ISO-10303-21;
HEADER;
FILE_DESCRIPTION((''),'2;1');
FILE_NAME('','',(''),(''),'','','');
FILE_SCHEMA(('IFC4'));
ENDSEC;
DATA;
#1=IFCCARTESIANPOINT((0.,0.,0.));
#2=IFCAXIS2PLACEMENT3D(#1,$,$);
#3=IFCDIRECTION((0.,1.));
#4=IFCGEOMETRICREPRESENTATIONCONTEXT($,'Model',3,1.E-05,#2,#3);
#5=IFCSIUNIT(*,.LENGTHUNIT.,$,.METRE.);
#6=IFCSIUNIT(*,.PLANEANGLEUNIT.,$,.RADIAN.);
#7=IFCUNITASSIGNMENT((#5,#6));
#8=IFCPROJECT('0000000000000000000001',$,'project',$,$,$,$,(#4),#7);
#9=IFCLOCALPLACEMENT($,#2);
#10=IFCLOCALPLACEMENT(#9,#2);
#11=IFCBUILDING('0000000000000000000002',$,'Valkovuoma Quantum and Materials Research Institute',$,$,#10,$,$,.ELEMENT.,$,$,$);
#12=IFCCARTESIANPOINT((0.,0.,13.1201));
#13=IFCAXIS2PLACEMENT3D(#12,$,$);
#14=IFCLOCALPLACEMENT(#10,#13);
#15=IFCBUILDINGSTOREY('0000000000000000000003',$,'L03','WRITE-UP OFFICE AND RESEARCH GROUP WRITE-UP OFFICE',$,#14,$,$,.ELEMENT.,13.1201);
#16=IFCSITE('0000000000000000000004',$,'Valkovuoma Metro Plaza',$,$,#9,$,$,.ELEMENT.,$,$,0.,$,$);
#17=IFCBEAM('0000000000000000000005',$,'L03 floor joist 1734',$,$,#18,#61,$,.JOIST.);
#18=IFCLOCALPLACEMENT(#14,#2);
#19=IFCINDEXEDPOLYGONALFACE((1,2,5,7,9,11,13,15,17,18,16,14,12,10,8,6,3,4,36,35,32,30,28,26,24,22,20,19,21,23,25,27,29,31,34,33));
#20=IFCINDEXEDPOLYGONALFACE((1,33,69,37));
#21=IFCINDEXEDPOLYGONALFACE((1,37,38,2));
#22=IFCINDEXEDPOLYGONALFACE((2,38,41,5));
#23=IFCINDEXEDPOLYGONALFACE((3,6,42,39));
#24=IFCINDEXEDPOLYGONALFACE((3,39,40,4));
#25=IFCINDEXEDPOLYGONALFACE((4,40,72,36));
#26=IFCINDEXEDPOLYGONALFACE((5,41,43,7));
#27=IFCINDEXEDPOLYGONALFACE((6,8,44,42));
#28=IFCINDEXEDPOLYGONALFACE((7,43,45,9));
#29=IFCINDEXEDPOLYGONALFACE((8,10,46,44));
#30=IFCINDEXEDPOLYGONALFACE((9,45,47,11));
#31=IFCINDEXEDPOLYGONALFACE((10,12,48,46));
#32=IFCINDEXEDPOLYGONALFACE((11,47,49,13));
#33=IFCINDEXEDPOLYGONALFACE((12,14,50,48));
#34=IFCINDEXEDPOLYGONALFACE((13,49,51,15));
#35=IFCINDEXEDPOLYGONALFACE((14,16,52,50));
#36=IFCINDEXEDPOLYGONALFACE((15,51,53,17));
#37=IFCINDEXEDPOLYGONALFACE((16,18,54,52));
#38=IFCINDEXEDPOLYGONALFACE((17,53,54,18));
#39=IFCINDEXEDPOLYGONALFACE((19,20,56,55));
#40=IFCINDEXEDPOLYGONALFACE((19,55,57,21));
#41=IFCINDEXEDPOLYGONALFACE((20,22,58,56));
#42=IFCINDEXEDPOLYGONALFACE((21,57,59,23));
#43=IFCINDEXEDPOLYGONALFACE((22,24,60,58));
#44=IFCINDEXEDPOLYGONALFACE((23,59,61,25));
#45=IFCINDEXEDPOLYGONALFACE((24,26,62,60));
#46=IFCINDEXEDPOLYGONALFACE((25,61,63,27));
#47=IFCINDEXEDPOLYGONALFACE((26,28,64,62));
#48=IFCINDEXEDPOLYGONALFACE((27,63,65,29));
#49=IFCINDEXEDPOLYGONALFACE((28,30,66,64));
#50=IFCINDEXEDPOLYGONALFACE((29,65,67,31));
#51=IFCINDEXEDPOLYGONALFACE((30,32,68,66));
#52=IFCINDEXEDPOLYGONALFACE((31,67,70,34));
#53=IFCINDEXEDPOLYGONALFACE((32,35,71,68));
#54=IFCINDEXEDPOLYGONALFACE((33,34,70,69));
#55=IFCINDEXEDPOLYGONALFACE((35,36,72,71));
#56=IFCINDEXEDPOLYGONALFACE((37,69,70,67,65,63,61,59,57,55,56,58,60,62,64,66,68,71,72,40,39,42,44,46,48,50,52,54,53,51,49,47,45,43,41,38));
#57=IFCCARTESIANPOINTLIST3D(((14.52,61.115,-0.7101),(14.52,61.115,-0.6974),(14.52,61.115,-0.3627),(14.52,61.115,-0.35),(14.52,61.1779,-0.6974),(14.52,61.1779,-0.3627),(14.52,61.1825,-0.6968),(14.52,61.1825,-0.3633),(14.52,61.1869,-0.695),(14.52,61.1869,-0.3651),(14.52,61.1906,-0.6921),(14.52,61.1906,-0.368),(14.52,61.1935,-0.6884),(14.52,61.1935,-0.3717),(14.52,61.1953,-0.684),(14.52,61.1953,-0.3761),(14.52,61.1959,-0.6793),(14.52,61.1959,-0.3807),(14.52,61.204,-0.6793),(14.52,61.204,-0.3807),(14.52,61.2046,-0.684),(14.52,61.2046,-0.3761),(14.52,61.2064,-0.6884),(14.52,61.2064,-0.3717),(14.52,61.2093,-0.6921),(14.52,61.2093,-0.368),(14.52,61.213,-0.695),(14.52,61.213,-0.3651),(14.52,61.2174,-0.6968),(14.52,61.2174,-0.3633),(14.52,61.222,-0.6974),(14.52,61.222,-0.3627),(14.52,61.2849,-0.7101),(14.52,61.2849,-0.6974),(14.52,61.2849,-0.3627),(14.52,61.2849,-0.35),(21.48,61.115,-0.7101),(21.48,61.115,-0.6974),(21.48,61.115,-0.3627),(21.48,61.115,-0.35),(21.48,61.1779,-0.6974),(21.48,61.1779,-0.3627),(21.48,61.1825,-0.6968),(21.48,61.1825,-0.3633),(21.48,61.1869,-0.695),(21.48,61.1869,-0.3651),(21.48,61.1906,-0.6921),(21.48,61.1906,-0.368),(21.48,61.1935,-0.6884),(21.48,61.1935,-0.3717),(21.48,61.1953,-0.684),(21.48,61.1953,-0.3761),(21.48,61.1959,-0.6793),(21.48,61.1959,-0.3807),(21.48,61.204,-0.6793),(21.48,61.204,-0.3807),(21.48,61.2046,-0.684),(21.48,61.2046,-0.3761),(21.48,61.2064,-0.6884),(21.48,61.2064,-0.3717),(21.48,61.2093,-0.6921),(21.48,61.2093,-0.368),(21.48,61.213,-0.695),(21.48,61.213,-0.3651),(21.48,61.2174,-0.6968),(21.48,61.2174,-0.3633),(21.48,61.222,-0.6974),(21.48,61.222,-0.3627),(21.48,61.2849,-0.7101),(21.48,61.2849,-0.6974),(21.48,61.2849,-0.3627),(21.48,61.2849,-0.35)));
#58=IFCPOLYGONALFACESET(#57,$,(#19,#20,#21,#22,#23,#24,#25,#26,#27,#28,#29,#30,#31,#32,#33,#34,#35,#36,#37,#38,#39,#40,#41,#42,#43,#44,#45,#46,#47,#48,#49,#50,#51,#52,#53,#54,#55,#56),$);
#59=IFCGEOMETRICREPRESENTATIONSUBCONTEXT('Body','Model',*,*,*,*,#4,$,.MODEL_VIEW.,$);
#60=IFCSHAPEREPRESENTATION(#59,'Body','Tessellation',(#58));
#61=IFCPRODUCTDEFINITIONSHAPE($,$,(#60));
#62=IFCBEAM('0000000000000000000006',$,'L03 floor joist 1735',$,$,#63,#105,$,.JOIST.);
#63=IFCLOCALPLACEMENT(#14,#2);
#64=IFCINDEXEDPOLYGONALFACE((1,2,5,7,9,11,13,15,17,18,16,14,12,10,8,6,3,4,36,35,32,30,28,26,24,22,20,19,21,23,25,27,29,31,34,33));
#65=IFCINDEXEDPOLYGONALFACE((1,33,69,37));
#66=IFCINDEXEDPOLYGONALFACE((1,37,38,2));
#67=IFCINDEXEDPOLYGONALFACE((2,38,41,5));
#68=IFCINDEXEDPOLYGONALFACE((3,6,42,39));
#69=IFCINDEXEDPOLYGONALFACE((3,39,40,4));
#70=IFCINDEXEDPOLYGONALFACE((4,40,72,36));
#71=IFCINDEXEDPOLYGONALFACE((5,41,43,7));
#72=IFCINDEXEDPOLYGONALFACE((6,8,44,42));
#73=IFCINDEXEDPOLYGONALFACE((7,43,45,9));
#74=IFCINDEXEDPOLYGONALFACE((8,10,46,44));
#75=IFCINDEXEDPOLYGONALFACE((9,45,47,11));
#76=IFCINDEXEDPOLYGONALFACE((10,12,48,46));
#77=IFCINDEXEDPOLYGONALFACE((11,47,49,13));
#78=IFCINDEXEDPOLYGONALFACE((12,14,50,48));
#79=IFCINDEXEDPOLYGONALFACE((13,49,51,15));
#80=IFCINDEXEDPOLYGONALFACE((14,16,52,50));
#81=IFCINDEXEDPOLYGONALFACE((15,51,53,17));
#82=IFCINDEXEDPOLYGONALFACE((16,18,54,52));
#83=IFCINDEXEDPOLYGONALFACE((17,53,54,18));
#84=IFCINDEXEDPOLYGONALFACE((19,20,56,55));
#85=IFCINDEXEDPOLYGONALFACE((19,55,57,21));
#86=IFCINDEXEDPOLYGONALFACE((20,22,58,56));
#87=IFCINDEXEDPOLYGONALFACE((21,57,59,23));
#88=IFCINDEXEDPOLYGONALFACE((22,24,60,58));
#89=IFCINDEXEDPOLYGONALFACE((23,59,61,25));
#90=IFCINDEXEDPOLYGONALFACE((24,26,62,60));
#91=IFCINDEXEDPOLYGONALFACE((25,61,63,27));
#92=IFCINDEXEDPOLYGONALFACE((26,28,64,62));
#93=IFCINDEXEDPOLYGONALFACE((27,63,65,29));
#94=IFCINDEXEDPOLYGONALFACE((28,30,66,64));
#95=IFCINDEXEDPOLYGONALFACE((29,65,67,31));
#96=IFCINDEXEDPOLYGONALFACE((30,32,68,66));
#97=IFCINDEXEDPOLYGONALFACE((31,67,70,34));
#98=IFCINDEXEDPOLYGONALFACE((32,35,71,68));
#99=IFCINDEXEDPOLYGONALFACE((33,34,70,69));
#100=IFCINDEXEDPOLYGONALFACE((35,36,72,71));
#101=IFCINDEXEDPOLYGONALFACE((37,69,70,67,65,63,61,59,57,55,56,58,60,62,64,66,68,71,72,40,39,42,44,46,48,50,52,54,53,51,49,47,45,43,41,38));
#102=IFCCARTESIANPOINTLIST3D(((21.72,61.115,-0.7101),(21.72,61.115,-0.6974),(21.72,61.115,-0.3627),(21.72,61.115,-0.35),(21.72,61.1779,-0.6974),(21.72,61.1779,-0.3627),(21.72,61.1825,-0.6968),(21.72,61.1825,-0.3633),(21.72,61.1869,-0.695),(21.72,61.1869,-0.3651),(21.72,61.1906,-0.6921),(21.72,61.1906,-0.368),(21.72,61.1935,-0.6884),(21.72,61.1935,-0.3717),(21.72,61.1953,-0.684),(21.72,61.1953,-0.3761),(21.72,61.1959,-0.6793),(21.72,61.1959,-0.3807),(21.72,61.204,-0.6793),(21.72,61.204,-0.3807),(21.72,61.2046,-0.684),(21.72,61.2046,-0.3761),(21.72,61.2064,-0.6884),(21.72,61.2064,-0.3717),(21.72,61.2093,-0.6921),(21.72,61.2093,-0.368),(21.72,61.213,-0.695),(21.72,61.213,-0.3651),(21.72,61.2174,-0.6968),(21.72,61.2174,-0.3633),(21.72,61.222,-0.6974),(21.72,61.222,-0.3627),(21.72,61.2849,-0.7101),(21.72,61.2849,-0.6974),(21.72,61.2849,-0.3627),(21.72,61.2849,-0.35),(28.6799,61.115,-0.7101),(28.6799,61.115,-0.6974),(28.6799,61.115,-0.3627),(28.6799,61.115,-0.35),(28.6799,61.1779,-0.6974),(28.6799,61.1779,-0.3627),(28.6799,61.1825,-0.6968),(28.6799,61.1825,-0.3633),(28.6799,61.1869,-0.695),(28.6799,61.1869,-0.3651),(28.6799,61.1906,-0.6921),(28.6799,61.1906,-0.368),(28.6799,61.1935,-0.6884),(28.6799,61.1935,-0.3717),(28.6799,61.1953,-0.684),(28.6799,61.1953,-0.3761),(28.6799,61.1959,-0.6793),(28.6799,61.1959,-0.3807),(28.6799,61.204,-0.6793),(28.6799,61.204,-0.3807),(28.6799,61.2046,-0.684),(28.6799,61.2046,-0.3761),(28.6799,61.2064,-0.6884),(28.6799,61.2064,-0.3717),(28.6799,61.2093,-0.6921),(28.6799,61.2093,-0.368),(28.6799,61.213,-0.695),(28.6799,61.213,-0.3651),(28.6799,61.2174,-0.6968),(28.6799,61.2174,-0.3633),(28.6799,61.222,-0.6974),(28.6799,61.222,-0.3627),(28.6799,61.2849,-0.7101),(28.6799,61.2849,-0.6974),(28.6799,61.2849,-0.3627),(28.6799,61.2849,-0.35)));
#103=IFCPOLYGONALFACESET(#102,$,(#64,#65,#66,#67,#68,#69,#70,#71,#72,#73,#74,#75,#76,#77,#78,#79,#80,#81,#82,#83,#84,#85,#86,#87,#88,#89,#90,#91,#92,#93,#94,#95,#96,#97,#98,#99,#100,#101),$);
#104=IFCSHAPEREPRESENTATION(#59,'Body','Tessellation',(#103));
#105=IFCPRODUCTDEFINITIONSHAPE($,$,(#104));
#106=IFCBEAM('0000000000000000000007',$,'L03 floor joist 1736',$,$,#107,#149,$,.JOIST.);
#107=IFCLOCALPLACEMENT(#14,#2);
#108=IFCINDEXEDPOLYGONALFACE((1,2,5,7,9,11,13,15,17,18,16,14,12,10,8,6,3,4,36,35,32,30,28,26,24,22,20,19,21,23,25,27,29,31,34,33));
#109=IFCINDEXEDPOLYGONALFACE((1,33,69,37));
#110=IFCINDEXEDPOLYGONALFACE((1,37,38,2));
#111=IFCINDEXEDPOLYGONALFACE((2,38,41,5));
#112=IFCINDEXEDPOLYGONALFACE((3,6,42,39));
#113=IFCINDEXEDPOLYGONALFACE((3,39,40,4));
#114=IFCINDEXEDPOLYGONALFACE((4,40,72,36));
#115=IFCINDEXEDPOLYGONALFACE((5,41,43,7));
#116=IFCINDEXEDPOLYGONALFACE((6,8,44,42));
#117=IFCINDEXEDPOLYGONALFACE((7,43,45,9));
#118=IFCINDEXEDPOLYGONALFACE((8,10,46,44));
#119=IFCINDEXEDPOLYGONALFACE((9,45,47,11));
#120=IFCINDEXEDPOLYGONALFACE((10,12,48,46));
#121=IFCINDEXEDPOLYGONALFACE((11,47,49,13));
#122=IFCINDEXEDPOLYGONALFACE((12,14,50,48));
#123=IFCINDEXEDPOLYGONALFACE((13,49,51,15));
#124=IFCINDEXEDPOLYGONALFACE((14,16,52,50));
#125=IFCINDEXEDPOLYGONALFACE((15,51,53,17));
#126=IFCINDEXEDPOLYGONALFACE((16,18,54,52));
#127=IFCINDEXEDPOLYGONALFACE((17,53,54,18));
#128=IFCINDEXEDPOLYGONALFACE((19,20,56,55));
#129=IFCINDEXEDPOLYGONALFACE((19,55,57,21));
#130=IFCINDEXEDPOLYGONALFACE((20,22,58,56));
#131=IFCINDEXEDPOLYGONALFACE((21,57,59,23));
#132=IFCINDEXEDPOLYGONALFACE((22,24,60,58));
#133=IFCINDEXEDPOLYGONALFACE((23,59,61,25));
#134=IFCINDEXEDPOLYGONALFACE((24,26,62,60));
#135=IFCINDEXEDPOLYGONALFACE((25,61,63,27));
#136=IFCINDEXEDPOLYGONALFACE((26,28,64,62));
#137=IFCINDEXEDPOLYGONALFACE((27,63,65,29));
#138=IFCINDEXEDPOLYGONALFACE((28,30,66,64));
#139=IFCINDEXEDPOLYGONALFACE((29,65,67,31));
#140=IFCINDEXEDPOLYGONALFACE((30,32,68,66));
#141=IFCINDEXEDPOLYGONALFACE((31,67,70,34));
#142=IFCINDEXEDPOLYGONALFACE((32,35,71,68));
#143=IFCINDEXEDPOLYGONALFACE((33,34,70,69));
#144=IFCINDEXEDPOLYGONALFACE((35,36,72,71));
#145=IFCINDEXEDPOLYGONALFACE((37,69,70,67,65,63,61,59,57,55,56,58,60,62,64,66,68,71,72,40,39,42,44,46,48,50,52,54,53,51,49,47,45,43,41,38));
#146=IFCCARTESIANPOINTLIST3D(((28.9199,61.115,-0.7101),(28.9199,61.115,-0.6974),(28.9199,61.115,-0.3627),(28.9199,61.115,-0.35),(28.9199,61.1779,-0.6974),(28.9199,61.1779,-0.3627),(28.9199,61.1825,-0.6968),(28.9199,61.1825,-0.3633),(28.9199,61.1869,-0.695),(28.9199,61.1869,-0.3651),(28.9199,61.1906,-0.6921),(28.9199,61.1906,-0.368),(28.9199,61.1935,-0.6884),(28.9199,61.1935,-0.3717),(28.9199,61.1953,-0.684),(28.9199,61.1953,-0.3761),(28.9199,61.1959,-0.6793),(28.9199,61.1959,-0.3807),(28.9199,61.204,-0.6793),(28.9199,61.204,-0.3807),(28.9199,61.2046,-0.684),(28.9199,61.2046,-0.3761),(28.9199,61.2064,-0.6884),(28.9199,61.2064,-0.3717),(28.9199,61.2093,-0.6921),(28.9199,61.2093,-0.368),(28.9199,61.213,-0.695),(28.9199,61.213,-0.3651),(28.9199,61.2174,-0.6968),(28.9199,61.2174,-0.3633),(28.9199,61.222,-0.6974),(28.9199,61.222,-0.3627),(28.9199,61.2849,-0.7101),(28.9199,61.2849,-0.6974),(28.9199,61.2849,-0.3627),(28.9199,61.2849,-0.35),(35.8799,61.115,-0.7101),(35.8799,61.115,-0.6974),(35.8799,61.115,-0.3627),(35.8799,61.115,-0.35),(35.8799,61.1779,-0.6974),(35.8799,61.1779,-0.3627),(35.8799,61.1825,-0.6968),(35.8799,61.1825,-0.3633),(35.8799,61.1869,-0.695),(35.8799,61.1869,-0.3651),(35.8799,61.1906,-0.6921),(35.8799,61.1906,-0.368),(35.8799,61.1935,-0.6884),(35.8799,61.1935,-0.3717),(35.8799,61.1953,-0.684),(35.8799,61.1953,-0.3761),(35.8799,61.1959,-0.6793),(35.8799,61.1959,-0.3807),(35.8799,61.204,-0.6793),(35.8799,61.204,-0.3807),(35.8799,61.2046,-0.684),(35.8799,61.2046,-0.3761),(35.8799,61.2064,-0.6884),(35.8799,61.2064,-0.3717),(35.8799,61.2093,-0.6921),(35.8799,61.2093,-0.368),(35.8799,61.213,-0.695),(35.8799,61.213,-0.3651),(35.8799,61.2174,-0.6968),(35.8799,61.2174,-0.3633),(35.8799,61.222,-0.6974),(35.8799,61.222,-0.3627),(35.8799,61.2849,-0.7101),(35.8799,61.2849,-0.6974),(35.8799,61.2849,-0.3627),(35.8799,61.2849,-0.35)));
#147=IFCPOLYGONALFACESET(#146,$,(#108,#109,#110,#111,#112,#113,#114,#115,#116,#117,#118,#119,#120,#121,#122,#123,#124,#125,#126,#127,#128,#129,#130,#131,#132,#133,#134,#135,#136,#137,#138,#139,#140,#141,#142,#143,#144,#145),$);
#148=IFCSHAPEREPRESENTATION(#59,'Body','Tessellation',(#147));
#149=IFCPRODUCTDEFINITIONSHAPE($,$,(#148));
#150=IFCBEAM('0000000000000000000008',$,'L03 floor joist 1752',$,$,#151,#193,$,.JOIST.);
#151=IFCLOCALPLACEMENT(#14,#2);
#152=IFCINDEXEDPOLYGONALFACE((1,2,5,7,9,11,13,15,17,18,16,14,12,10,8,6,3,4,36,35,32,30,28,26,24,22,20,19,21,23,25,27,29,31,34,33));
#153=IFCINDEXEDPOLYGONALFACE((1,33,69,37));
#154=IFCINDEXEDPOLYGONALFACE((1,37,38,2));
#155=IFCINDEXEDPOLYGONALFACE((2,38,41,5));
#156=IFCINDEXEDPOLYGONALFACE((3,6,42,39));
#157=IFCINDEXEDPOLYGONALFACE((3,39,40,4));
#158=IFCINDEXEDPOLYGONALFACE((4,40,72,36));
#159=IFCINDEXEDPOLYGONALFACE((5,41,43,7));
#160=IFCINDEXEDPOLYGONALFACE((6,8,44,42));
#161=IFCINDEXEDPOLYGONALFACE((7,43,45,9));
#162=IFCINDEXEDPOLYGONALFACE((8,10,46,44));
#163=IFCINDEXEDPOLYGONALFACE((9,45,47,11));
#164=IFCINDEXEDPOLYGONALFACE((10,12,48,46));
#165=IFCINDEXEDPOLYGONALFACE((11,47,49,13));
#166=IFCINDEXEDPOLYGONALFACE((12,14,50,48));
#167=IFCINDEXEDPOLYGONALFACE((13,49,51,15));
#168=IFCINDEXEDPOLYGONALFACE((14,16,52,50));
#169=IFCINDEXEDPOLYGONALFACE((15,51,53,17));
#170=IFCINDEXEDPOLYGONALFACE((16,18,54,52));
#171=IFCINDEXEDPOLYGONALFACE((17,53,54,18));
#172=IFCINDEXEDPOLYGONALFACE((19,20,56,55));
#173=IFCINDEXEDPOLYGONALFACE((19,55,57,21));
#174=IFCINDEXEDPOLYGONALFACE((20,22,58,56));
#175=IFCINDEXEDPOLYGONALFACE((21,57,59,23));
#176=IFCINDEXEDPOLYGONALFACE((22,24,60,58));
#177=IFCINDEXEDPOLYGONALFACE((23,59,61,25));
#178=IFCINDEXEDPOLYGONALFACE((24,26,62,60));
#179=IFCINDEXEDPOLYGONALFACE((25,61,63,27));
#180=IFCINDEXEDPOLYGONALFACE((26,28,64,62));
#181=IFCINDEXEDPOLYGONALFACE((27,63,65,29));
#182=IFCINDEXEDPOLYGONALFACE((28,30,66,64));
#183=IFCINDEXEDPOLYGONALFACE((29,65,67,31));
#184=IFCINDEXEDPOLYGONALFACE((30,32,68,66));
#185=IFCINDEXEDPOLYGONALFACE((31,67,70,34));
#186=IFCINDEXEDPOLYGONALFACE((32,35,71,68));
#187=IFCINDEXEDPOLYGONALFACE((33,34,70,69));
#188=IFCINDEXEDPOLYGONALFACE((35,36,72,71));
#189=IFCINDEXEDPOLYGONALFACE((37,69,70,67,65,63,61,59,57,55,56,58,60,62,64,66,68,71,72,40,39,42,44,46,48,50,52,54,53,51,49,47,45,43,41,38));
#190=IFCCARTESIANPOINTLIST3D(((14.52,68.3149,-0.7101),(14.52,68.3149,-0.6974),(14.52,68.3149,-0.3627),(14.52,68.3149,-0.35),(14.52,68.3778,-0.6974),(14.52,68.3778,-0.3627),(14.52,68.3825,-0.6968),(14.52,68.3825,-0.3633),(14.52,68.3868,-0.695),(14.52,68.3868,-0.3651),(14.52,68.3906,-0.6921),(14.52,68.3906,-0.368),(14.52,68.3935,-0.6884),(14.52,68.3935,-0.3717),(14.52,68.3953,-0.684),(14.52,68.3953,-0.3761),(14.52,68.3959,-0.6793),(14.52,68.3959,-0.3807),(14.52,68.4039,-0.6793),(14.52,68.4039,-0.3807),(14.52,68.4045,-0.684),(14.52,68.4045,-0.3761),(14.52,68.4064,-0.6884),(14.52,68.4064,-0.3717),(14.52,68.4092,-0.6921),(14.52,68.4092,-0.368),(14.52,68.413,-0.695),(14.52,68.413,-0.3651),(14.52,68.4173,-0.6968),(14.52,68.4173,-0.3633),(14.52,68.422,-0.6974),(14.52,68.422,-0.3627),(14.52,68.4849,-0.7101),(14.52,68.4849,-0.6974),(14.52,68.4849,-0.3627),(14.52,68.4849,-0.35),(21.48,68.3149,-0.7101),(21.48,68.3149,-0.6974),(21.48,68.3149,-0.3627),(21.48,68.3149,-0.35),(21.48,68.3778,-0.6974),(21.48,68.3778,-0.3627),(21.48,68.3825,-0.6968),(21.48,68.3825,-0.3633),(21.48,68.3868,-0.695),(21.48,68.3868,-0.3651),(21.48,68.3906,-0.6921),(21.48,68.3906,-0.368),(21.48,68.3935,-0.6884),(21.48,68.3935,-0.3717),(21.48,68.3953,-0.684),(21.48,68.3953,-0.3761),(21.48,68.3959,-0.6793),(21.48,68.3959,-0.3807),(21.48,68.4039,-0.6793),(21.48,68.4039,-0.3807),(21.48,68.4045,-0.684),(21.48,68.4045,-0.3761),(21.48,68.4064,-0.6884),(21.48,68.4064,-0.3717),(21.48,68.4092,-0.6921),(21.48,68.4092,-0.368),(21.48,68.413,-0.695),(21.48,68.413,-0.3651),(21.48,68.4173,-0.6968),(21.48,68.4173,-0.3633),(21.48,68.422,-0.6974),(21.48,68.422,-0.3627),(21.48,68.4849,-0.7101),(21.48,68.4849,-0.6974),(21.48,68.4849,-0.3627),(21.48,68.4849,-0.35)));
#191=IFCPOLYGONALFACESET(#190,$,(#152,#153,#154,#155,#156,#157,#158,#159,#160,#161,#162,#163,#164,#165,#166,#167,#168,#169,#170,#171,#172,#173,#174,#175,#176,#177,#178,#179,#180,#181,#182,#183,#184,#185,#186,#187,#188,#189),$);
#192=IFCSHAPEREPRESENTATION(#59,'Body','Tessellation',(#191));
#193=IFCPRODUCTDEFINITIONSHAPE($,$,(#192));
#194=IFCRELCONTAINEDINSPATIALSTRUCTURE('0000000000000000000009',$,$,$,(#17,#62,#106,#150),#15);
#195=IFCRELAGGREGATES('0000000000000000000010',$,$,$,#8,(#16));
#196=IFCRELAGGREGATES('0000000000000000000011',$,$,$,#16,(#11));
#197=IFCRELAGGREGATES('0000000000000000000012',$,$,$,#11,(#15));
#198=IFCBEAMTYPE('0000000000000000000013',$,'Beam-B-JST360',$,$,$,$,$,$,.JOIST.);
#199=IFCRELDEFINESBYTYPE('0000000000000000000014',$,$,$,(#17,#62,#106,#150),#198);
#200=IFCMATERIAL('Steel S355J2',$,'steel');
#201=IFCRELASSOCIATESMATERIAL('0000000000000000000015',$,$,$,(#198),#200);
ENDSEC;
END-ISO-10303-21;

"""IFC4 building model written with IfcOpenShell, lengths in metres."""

from ifc_helpers import new_model, si_unit, direction, frame, origin, origin_2d, place, context, subcontext, project, spatial, i_section, extrude, material, material_profile, profile_set, type_object, element, save


model = new_model("IFC4")

# Units and contexts
model_context = context("Model", 3, precision=1e-05, world=origin(), true_north=direction((0.0, 1.0)))
body_context = subcontext(model_context, "Body", "Model", "MODEL_VIEW")
ifc_project = project(units=[si_unit("LENGTHUNIT", "METRE"), si_unit("PLANEANGLEUNIT", "RADIAN")], contexts=[model_context])

# Site, building, storey
site_placement = place(None, origin())
site = spatial("IfcSite", under=ifc_project, at=site_placement, Name="Valkovuoma Metro Plaza", CompositionType="ELEMENT", RefElevation=0.0)
building_placement = place(site_placement, origin())
building = spatial("IfcBuilding", under=site, at=building_placement, Name="Valkovuoma Quantum and Materials Research Institute", CompositionType="ELEMENT")
storey_placement = place(building_placement, frame((0.0, 0.0, 13.1201)))
storey = spatial("IfcBuildingStorey", under=building, at=storey_placement, Name="L03", Description="WRITE-UP OFFICE AND RESEARCH GROUP WRITE-UP OFFICE", CompositionType="ELEMENT", Elevation=13.1201)

# Beams
ifc_material_1 = material(Name="Steel S355J2", Category="steel")
ifc_material_profile_1 = material_profile(ifc_material_1, i_section(OverallWidth=0.1699, OverallDepth=0.3601, WebThickness=0.0081, FlangeThickness=0.0127, FilletRadius=0.0181, at=origin_2d()), Name="Steel S355J2")
ifc_profile_set_1 = profile_set([ifc_material_profile_1], Name="Steel S355J2")
beam_type_1 = type_object("IfcBeamType", Name="Beam-B-JST360", PredefinedType="JOIST", material=ifc_profile_set_1)
for number, where, z_axis, x_axis, name in (
    (1, (14.52, 61.2, -0.53), (1.0, 0.0, 0.0), (0.0, 1.0, 0.0), "L03 floor joist 1734"),
    (2, (21.72, 61.2, -0.53), (1.0, 0.0, 0.0), (0.0, 1.0, 0.0), "L03 floor joist 1735"),
    (3, (28.9199, 61.2, -0.53), (1.0, 0.0, 0.0), (0.0, 1.0, 0.0), "L03 floor joist 1736"),
    (4, (14.52, 68.3999, -0.53), (1.0, 0.0, 0.0), (0.0, 1.0, 0.0), "L03 floor joist 1752"),
):
    element("IfcBeam", number, at=place(storey_placement, frame(where, z_axis=z_axis, x_axis=x_axis)), inside=storey, type_object=beam_type_1, Name=name, PredefinedType="JOIST", context=body_context, shape_type="SweptSolid", body=[
        extrude(i_section(OverallWidth=0.1699, OverallDepth=0.3601, WebThickness=0.0081, FlangeThickness=0.0127, FilletRadius=0.0181, at=origin_2d()), origin(), (0.0, 0.0, 1.0), 6.96),
    ])

save(model, "model.ifc")
